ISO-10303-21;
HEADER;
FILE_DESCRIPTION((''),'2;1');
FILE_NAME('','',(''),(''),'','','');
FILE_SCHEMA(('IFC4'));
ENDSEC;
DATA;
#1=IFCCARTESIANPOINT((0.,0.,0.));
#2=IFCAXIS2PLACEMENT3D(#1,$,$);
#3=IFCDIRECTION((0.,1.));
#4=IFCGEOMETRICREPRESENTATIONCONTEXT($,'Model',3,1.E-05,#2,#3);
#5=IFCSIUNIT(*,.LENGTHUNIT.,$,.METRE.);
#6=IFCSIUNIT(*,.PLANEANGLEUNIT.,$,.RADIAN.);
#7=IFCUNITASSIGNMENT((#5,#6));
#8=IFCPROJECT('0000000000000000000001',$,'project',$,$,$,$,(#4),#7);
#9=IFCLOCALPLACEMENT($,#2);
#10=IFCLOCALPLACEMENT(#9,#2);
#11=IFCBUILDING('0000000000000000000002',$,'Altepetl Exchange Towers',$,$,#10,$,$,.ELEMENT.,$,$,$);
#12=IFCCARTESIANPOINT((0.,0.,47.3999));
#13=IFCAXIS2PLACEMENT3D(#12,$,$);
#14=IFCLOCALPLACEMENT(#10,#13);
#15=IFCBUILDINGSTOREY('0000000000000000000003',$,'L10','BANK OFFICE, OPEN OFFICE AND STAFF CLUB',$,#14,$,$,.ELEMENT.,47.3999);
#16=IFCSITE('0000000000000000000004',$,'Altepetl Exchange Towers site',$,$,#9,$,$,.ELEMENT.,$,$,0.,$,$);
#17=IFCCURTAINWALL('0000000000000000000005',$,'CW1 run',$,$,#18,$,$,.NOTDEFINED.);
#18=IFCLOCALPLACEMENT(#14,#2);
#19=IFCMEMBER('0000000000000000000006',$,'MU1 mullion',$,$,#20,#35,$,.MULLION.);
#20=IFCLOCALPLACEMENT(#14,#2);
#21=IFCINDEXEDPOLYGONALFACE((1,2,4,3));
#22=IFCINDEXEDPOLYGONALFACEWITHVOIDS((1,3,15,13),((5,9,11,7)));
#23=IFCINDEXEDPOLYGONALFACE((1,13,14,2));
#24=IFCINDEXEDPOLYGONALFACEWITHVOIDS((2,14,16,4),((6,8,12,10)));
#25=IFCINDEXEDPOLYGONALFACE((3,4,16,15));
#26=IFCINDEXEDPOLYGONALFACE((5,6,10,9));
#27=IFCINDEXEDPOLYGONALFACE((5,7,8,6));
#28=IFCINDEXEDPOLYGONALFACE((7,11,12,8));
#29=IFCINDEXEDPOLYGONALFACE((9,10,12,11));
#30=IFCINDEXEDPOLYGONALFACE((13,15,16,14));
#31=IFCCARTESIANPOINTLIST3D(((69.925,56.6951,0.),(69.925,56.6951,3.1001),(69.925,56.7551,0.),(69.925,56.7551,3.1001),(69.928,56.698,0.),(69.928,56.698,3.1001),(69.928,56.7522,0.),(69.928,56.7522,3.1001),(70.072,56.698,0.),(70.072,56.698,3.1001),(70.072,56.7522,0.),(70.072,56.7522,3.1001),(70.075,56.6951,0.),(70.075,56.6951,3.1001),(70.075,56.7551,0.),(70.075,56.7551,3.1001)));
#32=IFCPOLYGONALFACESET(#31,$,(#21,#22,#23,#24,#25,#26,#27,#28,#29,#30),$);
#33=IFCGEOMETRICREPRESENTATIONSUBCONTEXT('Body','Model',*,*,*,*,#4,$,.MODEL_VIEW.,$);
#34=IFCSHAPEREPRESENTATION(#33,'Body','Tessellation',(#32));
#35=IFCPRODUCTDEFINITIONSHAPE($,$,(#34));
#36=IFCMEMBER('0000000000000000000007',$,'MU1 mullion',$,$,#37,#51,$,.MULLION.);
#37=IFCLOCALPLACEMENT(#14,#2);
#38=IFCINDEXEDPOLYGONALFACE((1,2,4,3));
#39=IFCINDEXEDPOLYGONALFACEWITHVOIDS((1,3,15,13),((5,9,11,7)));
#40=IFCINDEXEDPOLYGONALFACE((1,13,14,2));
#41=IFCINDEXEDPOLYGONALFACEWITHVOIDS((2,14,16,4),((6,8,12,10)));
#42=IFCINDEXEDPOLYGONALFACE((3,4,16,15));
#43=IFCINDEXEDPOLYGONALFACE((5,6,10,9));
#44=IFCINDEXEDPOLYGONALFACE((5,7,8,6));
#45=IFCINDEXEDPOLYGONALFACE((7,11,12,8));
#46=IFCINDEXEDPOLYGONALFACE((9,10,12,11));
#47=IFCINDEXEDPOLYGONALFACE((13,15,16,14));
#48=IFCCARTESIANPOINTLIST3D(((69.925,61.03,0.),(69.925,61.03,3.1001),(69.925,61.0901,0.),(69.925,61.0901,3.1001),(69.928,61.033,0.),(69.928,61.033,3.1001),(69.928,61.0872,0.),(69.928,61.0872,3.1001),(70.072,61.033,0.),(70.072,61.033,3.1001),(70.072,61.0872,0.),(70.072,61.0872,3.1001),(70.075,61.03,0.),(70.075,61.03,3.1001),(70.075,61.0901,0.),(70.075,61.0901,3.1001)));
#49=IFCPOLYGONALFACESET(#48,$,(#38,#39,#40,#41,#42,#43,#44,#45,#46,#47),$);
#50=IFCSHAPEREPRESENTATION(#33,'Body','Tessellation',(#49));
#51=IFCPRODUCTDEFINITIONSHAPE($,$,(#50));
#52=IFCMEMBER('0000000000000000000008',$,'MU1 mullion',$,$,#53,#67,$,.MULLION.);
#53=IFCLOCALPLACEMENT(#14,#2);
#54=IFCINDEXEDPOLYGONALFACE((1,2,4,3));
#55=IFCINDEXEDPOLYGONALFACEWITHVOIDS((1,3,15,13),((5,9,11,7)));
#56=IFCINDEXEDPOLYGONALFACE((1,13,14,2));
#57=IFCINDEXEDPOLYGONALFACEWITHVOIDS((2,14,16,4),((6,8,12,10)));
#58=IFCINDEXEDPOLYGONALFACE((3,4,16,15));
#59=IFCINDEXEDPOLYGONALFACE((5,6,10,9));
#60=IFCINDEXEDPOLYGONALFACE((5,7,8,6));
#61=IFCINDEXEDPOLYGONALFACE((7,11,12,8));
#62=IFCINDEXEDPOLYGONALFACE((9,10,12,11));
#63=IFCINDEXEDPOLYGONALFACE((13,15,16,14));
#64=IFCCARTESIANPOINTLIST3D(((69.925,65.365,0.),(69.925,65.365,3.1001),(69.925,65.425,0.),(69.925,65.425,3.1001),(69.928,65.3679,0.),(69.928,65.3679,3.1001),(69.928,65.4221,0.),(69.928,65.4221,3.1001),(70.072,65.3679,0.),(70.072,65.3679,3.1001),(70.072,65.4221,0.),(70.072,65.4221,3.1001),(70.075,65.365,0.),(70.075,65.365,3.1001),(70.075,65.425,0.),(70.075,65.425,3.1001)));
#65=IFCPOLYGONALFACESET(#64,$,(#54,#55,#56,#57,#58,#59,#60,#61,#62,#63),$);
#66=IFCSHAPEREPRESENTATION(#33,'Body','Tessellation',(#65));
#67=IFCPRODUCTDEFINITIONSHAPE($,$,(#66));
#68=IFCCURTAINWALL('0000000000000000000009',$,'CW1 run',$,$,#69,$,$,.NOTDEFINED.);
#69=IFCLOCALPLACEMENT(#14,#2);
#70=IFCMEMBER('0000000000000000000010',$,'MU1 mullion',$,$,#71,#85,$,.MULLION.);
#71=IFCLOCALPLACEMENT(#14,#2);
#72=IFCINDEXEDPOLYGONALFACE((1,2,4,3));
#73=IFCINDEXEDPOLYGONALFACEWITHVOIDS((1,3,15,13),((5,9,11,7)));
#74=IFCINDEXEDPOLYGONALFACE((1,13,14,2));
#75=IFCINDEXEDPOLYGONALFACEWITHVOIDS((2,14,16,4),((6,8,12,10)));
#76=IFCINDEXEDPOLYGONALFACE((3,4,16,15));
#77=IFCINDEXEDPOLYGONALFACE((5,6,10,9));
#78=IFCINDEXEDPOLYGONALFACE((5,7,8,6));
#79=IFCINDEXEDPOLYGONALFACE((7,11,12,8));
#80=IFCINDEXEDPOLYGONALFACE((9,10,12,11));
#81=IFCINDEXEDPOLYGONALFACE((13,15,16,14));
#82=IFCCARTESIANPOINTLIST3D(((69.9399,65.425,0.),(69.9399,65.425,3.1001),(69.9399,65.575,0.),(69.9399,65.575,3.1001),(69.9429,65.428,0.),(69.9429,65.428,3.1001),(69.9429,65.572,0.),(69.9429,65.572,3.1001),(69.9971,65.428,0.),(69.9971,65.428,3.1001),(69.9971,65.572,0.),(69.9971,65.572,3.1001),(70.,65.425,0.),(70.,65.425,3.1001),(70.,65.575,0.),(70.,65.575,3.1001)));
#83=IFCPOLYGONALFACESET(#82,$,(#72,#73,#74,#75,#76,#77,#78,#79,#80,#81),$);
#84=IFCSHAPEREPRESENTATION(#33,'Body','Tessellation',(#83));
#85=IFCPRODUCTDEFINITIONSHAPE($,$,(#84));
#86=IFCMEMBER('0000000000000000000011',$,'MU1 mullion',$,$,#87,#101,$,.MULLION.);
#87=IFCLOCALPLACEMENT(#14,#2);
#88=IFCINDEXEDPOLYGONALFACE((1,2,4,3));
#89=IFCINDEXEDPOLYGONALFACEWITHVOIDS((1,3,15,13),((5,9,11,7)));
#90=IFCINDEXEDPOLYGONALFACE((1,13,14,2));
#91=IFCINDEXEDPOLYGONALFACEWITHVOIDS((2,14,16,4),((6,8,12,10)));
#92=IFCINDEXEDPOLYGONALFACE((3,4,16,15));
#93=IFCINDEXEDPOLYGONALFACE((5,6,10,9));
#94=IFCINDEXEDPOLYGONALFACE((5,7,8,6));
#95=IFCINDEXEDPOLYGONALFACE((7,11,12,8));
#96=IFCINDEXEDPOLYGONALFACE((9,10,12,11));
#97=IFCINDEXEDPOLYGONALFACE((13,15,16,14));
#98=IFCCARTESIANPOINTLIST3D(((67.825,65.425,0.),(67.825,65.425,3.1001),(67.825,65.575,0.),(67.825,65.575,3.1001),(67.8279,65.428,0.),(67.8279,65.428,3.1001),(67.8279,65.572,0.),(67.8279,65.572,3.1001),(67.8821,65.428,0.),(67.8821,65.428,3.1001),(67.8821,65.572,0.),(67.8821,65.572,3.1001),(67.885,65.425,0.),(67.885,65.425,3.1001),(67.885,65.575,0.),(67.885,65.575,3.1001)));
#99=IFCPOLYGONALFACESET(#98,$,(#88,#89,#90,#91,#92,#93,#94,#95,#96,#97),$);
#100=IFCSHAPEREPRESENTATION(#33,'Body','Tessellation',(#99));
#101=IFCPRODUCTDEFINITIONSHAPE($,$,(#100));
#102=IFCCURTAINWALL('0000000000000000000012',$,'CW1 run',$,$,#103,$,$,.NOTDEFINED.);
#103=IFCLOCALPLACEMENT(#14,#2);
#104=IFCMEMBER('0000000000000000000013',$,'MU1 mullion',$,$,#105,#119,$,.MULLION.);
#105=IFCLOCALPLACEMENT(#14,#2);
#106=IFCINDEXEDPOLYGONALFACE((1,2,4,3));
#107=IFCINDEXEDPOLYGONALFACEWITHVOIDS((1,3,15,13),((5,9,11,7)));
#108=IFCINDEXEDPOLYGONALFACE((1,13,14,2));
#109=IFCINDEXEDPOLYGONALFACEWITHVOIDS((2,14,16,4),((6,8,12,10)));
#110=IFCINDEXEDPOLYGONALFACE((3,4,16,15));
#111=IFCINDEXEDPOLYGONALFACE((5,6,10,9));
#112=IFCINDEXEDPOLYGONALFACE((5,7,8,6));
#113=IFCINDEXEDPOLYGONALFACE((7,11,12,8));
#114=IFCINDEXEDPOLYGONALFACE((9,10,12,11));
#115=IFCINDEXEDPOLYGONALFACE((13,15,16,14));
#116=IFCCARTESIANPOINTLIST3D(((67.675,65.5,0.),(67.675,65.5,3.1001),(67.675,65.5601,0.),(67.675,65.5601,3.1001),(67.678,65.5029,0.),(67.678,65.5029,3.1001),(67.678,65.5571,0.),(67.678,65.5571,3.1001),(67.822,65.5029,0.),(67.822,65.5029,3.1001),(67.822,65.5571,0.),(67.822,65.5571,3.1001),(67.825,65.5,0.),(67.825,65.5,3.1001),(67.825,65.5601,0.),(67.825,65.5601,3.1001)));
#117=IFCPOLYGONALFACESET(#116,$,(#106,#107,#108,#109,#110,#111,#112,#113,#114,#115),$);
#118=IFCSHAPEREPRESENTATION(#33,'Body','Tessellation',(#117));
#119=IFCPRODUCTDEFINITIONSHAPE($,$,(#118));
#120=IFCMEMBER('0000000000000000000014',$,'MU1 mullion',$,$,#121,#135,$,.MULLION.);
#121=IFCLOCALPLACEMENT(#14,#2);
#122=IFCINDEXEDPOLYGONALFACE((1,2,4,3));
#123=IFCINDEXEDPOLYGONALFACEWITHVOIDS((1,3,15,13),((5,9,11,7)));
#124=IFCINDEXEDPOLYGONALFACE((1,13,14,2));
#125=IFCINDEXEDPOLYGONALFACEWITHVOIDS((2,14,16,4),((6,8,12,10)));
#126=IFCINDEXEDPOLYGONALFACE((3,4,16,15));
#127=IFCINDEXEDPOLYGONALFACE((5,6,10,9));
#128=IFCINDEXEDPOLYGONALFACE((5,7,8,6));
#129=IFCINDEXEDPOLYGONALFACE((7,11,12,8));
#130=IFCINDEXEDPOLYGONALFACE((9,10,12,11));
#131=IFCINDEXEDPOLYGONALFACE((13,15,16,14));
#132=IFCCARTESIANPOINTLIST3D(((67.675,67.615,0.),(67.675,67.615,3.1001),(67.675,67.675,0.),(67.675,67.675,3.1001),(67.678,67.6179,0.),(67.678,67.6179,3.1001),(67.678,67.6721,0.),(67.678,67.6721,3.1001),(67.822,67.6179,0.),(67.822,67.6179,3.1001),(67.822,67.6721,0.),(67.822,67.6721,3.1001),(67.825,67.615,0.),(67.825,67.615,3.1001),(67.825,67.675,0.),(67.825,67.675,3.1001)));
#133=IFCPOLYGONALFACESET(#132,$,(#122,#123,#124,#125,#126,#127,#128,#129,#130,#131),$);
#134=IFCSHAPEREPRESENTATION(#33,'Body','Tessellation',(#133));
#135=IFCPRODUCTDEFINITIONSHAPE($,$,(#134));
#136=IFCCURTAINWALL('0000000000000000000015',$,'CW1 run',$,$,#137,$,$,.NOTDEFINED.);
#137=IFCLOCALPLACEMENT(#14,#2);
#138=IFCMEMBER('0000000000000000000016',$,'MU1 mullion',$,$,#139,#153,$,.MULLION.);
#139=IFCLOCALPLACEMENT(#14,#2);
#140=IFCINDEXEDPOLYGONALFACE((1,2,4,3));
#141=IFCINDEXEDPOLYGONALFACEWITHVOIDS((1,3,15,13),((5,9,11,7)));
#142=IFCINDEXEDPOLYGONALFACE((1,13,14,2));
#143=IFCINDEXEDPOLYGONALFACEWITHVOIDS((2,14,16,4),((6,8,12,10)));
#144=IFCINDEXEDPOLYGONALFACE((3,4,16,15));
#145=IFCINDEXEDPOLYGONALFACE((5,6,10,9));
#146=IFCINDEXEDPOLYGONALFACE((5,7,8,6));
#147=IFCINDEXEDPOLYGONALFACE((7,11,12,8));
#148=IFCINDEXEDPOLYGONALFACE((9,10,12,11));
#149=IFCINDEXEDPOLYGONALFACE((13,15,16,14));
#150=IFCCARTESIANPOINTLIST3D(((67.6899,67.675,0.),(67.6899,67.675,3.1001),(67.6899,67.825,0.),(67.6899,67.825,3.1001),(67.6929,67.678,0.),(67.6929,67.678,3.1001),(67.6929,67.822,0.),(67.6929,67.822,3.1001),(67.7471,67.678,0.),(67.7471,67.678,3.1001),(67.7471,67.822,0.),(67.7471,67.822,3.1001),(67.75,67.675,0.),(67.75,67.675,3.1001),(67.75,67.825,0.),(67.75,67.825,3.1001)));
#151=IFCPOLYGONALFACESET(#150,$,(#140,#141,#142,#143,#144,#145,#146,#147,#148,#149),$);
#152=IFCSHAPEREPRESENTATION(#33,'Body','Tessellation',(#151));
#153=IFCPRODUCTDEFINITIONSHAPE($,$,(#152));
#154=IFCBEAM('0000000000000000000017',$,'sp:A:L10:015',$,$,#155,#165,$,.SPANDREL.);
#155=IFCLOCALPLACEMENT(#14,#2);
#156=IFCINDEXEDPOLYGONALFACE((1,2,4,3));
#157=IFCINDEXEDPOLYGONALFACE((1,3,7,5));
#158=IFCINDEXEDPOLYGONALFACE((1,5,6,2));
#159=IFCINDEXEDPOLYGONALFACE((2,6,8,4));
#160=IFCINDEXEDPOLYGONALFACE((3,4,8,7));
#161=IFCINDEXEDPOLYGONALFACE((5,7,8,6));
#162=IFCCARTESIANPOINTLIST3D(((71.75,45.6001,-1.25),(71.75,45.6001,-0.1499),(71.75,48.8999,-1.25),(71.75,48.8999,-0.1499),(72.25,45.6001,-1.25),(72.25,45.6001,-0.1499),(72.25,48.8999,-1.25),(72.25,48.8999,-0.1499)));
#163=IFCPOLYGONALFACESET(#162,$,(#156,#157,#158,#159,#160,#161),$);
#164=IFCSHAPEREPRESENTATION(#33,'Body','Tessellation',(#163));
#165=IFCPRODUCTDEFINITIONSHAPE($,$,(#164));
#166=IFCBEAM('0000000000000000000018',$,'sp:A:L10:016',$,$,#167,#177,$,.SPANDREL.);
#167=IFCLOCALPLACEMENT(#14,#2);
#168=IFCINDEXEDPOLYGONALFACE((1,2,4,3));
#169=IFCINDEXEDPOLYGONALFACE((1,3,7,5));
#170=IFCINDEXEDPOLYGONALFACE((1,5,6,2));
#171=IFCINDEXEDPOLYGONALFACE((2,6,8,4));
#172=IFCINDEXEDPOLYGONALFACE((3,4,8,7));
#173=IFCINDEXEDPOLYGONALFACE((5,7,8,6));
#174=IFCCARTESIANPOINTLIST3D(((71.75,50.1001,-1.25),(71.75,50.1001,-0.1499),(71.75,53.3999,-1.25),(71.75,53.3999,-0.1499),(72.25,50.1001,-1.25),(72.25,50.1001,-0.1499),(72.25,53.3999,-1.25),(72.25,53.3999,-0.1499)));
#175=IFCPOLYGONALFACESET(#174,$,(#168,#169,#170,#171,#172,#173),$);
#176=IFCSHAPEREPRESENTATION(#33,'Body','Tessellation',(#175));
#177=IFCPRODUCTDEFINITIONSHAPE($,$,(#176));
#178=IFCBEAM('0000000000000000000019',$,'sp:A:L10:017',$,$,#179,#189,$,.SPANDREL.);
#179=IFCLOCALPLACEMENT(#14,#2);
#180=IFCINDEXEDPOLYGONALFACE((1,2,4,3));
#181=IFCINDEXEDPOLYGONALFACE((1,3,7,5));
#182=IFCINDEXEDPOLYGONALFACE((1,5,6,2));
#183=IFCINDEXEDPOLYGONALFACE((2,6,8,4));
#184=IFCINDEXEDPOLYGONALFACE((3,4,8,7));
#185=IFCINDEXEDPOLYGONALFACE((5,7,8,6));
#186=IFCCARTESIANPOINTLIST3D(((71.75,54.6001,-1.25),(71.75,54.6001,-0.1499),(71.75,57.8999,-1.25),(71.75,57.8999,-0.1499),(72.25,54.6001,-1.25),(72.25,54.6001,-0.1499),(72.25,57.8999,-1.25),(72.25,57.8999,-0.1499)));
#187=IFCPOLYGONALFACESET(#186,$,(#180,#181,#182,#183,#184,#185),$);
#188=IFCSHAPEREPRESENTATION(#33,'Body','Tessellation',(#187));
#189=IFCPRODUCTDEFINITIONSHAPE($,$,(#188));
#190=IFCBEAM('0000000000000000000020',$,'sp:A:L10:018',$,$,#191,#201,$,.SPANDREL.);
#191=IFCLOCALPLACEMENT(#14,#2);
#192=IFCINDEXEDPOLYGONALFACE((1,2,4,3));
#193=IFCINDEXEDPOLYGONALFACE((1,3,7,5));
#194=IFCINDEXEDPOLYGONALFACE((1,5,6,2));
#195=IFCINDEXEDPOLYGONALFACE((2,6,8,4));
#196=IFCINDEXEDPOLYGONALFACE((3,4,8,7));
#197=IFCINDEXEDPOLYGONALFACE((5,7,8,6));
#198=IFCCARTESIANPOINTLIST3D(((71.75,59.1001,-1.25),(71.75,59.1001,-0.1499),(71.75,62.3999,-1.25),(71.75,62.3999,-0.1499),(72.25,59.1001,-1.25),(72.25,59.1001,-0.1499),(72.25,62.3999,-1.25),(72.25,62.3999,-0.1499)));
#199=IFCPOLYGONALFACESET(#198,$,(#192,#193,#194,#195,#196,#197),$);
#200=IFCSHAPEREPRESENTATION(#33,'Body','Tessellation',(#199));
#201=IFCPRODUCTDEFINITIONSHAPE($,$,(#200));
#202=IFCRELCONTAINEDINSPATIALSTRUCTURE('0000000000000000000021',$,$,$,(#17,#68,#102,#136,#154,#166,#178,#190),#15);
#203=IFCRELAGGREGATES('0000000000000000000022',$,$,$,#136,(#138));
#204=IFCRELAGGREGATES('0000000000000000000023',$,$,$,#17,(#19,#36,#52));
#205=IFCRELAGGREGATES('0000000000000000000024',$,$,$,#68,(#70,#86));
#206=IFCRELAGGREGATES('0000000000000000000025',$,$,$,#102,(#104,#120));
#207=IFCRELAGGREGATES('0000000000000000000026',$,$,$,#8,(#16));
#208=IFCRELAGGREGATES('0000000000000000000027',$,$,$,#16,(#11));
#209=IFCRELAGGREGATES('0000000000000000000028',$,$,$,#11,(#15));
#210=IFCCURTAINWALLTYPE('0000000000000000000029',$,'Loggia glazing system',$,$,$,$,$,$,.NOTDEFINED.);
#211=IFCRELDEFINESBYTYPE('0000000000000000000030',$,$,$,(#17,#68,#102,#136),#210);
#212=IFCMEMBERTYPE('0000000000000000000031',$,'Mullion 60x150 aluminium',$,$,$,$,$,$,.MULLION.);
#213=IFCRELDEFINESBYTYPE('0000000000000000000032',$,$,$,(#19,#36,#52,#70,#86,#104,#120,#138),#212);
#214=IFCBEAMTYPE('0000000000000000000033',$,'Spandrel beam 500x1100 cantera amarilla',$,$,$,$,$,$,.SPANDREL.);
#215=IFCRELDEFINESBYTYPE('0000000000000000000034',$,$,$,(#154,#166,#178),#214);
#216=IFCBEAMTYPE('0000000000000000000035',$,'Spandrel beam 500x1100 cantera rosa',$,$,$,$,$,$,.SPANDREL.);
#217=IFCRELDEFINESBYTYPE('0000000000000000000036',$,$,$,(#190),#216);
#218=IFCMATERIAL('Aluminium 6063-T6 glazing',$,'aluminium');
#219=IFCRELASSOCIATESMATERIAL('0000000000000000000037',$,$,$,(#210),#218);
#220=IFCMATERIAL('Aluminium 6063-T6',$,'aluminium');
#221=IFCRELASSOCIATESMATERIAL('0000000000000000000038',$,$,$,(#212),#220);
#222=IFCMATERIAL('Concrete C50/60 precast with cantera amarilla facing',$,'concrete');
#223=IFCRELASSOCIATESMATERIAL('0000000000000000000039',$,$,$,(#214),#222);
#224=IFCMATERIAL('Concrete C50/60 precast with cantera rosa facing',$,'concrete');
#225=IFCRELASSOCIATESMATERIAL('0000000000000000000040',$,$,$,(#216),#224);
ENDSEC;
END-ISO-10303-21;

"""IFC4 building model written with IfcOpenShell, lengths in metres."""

from ifc_helpers import new_model, si_unit, direction, frame, origin, origin_2d, place, context, subcontext, project, spatial, rectangle, hollow_rectangle, extrude, material, material_profile, profile_set, type_object, element, aggregate, save


model = new_model("IFC4")

# Units and contexts
model_context = context("Model", 3, precision=1e-05, world=origin(), true_north=direction((0.0, 1.0)))
body_context = subcontext(model_context, "Body", "Model", "MODEL_VIEW")
ifc_project = project(units=[si_unit("LENGTHUNIT", "METRE"), si_unit("PLANEANGLEUNIT", "RADIAN")], contexts=[model_context])

# Site, building, storey
site_placement = place(None, origin())
site = spatial("IfcSite", under=ifc_project, at=site_placement, Name="Altepetl Exchange Towers site", CompositionType="ELEMENT", RefElevation=0.0)
building_placement = place(site_placement, origin())
building = spatial("IfcBuilding", under=site, at=building_placement, Name="Altepetl Exchange Towers", CompositionType="ELEMENT")
storey_placement = place(building_placement, frame((0.0, 0.0, 47.3999)))
storey = spatial("IfcBuildingStorey", under=building, at=storey_placement, Name="L10", Description="BANK OFFICE, OPEN OFFICE AND STAFF CLUB", CompositionType="ELEMENT", Elevation=47.3999)

# Curtain walls, members
ifc_material_1 = material(Name="Aluminium 6063-T6 glazing", Category="aluminium")
curtain_wall_type = type_object("IfcCurtainWallType", Name="Loggia glazing system", PredefinedType="NOTDEFINED", material=ifc_material_1)
ifc_material_2 = material(Name="Aluminium 6063-T6", Category="aluminium")
ifc_material_profile_1 = material_profile(ifc_material_2, hollow_rectangle(XDim=0.0601, YDim=0.1499, WallThickness=0.0029, at=origin_2d()), Name="Mullion 60x150 aluminium")
ifc_profile_set_1 = profile_set([ifc_material_profile_1], Name="Aluminium 6063-T6")
member_type = type_object("IfcMemberType", Name="Mullion 60x150 aluminium", PredefinedType="MULLION", material=ifc_profile_set_1)
curtain_wall_1_placement = place(storey_placement, origin())
curtain_wall_1 = element("IfcCurtainWall", 1, at=curtain_wall_1_placement, inside=storey, type_object=curtain_wall_type, Name="CW1 run", PredefinedType="NOTDEFINED")
member_1_placement = place(storey_placement, frame((70.0, 56.7251, 0.0), z_axis=(0.0, 0.0, 1.0), x_axis=(0.0, 1.0, 0.0)))
member_1 = element("IfcMember", 2, at=member_1_placement, type_object=member_type, Name="MU1 mullion", PredefinedType="MULLION", context=body_context, shape_type="SweptSolid", body=[
    extrude(hollow_rectangle(XDim=0.0601, YDim=0.1499, WallThickness=0.0029, at=origin_2d()), origin(), (0.0, 0.0, 1.0), 3.1001),
])
member_2_placement = place(storey_placement, frame((70.0, 61.0601, 0.0), z_axis=(0.0, 0.0, 1.0), x_axis=(0.0, 1.0, 0.0)))
member_2 = element("IfcMember", 3, at=member_2_placement, type_object=member_type, Name="MU1 mullion", PredefinedType="MULLION", context=body_context, shape_type="SweptSolid", body=[
    extrude(hollow_rectangle(XDim=0.0601, YDim=0.1499, WallThickness=0.0029, at=origin_2d()), origin(), (0.0, 0.0, 1.0), 3.1001),
])
member_3_placement = place(storey_placement, frame((70.0, 65.395, 0.0), z_axis=(0.0, 0.0, 1.0), x_axis=(0.0, 1.0, 0.0)))
member_3 = element("IfcMember", 4, at=member_3_placement, type_object=member_type, Name="MU1 mullion", PredefinedType="MULLION", context=body_context, shape_type="SweptSolid", body=[
    extrude(hollow_rectangle(XDim=0.0601, YDim=0.1499, WallThickness=0.0029, at=origin_2d()), origin(), (0.0, 0.0, 1.0), 3.1001),
])
curtain_wall_2_placement = place(storey_placement, origin())
curtain_wall_2 = element("IfcCurtainWall", 5, at=curtain_wall_2_placement, inside=storey, type_object=curtain_wall_type, Name="CW1 run", PredefinedType="NOTDEFINED")
member_4_placement = place(storey_placement, frame((69.97, 65.5, 0.0), z_axis=(0.0, 0.0, 1.0), x_axis=(-1.0, 0.0, 0.0)))
member_4 = element("IfcMember", 6, at=member_4_placement, type_object=member_type, Name="MU1 mullion", PredefinedType="MULLION", context=body_context, shape_type="SweptSolid", body=[
    extrude(hollow_rectangle(XDim=0.0601, YDim=0.1499, WallThickness=0.0029, at=origin_2d()), origin(), (0.0, 0.0, 1.0), 3.1001),
])
member_5_placement = place(storey_placement, frame((67.855, 65.5, 0.0), z_axis=(0.0, 0.0, 1.0), x_axis=(-1.0, 0.0, 0.0)))
member_5 = element("IfcMember", 7, at=member_5_placement, type_object=member_type, Name="MU1 mullion", PredefinedType="MULLION", context=body_context, shape_type="SweptSolid", body=[
    extrude(hollow_rectangle(XDim=0.0601, YDim=0.1499, WallThickness=0.0029, at=origin_2d()), origin(), (0.0, 0.0, 1.0), 3.1001),
])
curtain_wall_3_placement = place(storey_placement, origin())
curtain_wall_3 = element("IfcCurtainWall", 8, at=curtain_wall_3_placement, inside=storey, type_object=curtain_wall_type, Name="CW1 run", PredefinedType="NOTDEFINED")
member_6_placement = place(storey_placement, frame((67.75, 65.53, 0.0), z_axis=(0.0, 0.0, 1.0), x_axis=(0.0, 1.0, 0.0)))
member_6 = element("IfcMember", 9, at=member_6_placement, type_object=member_type, Name="MU1 mullion", PredefinedType="MULLION", context=body_context, shape_type="SweptSolid", body=[
    extrude(hollow_rectangle(XDim=0.0601, YDim=0.1499, WallThickness=0.0029, at=origin_2d()), origin(), (0.0, 0.0, 1.0), 3.1001),
])
member_7_placement = place(storey_placement, frame((67.75, 67.645, 0.0), z_axis=(0.0, 0.0, 1.0), x_axis=(0.0, 1.0, 0.0)))
member_7 = element("IfcMember", 10, at=member_7_placement, type_object=member_type, Name="MU1 mullion", PredefinedType="MULLION", context=body_context, shape_type="SweptSolid", body=[
    extrude(hollow_rectangle(XDim=0.0601, YDim=0.1499, WallThickness=0.0029, at=origin_2d()), origin(), (0.0, 0.0, 1.0), 3.1001),
])

# Curtain wall, member
curtain_wall_4_placement = place(storey_placement, origin())
curtain_wall_4 = element("IfcCurtainWall", 11, at=curtain_wall_4_placement, inside=storey, type_object=curtain_wall_type, Name="CW1 run", PredefinedType="NOTDEFINED")
member_8_placement = place(storey_placement, frame((67.72, 67.75, 0.0), z_axis=(0.0, 0.0, 1.0), x_axis=(-1.0, 0.0, 0.0)))
member_8 = element("IfcMember", 12, at=member_8_placement, type_object=member_type, Name="MU1 mullion", PredefinedType="MULLION", context=body_context, shape_type="SweptSolid", body=[
    extrude(hollow_rectangle(XDim=0.0601, YDim=0.1499, WallThickness=0.0029, at=origin_2d()), origin(), (0.0, 0.0, 1.0), 3.1001),
])
aggregate(curtain_wall_4, [member_8])

# Beams
ifc_material_3 = material(Name="Concrete C50/60 precast with cantera amarilla facing", Category="concrete")
ifc_material_profile_2 = material_profile(ifc_material_3, rectangle(XDim=0.5, YDim=1.1001, at=origin_2d()), Name="500 x 1100")
ifc_profile_set_2 = profile_set([ifc_material_profile_2], Name="Concrete C50/60 precast with cantera amarilla facing")
beam_type_1 = type_object("IfcBeamType", Name="Spandrel beam 500x1100 cantera amarilla", PredefinedType="SPANDREL", material=ifc_profile_set_2)
for number, where, z_axis, x_axis, name in (
    (13, (72.0, 45.6001, -0.7), (0.0, 1.0, 0.0), (-1.0, 0.0, 0.0), "sp:A:L10:015"),
    (14, (72.0, 50.1001, -0.7), (0.0, 1.0, 0.0), (-1.0, 0.0, 0.0), "sp:A:L10:016"),
    (15, (72.0, 54.6001, -0.7), (0.0, 1.0, 0.0), (-1.0, 0.0, 0.0), "sp:A:L10:017"),
):
    element("IfcBeam", number, at=place(storey_placement, frame(where, z_axis=z_axis, x_axis=x_axis)), inside=storey, type_object=beam_type_1, Name=name, PredefinedType="SPANDREL", context=body_context, shape_type="SweptSolid", body=[
        extrude(rectangle(XDim=0.5, YDim=1.1001, at=origin_2d()), origin(), (0.0, 0.0, 1.0), 3.2998),
    ])
ifc_material_4 = material(Name="Concrete C50/60 precast with cantera rosa facing", Category="concrete")
ifc_material_profile_3 = material_profile(ifc_material_4, rectangle(XDim=0.5, YDim=1.1001, at=origin_2d()), Name="500 x 1100")
ifc_profile_set_3 = profile_set([ifc_material_profile_3], Name="Concrete C50/60 precast with cantera rosa facing")
beam_type_2 = type_object("IfcBeamType", Name="Spandrel beam 500x1100 cantera rosa", PredefinedType="SPANDREL", material=ifc_profile_set_3)
for number, where, z_axis, x_axis, name in (
    (16, (72.0, 59.1001, -0.7), (0.0, 1.0, 0.0), (-1.0, 0.0, 0.0), "sp:A:L10:018"),
):
    element("IfcBeam", number, at=place(storey_placement, frame(where, z_axis=z_axis, x_axis=x_axis)), inside=storey, type_object=beam_type_2, Name=name, PredefinedType="SPANDREL", context=body_context, shape_type="SweptSolid", body=[
        extrude(rectangle(XDim=0.5, YDim=1.1001, at=origin_2d()), origin(), (0.0, 0.0, 1.0), 3.2998),
    ])

aggregate(curtain_wall_1, [member_1, member_2, member_3])
aggregate(curtain_wall_2, [member_4, member_5])
aggregate(curtain_wall_3, [member_6, member_7])

save(model, "model.ifc")
